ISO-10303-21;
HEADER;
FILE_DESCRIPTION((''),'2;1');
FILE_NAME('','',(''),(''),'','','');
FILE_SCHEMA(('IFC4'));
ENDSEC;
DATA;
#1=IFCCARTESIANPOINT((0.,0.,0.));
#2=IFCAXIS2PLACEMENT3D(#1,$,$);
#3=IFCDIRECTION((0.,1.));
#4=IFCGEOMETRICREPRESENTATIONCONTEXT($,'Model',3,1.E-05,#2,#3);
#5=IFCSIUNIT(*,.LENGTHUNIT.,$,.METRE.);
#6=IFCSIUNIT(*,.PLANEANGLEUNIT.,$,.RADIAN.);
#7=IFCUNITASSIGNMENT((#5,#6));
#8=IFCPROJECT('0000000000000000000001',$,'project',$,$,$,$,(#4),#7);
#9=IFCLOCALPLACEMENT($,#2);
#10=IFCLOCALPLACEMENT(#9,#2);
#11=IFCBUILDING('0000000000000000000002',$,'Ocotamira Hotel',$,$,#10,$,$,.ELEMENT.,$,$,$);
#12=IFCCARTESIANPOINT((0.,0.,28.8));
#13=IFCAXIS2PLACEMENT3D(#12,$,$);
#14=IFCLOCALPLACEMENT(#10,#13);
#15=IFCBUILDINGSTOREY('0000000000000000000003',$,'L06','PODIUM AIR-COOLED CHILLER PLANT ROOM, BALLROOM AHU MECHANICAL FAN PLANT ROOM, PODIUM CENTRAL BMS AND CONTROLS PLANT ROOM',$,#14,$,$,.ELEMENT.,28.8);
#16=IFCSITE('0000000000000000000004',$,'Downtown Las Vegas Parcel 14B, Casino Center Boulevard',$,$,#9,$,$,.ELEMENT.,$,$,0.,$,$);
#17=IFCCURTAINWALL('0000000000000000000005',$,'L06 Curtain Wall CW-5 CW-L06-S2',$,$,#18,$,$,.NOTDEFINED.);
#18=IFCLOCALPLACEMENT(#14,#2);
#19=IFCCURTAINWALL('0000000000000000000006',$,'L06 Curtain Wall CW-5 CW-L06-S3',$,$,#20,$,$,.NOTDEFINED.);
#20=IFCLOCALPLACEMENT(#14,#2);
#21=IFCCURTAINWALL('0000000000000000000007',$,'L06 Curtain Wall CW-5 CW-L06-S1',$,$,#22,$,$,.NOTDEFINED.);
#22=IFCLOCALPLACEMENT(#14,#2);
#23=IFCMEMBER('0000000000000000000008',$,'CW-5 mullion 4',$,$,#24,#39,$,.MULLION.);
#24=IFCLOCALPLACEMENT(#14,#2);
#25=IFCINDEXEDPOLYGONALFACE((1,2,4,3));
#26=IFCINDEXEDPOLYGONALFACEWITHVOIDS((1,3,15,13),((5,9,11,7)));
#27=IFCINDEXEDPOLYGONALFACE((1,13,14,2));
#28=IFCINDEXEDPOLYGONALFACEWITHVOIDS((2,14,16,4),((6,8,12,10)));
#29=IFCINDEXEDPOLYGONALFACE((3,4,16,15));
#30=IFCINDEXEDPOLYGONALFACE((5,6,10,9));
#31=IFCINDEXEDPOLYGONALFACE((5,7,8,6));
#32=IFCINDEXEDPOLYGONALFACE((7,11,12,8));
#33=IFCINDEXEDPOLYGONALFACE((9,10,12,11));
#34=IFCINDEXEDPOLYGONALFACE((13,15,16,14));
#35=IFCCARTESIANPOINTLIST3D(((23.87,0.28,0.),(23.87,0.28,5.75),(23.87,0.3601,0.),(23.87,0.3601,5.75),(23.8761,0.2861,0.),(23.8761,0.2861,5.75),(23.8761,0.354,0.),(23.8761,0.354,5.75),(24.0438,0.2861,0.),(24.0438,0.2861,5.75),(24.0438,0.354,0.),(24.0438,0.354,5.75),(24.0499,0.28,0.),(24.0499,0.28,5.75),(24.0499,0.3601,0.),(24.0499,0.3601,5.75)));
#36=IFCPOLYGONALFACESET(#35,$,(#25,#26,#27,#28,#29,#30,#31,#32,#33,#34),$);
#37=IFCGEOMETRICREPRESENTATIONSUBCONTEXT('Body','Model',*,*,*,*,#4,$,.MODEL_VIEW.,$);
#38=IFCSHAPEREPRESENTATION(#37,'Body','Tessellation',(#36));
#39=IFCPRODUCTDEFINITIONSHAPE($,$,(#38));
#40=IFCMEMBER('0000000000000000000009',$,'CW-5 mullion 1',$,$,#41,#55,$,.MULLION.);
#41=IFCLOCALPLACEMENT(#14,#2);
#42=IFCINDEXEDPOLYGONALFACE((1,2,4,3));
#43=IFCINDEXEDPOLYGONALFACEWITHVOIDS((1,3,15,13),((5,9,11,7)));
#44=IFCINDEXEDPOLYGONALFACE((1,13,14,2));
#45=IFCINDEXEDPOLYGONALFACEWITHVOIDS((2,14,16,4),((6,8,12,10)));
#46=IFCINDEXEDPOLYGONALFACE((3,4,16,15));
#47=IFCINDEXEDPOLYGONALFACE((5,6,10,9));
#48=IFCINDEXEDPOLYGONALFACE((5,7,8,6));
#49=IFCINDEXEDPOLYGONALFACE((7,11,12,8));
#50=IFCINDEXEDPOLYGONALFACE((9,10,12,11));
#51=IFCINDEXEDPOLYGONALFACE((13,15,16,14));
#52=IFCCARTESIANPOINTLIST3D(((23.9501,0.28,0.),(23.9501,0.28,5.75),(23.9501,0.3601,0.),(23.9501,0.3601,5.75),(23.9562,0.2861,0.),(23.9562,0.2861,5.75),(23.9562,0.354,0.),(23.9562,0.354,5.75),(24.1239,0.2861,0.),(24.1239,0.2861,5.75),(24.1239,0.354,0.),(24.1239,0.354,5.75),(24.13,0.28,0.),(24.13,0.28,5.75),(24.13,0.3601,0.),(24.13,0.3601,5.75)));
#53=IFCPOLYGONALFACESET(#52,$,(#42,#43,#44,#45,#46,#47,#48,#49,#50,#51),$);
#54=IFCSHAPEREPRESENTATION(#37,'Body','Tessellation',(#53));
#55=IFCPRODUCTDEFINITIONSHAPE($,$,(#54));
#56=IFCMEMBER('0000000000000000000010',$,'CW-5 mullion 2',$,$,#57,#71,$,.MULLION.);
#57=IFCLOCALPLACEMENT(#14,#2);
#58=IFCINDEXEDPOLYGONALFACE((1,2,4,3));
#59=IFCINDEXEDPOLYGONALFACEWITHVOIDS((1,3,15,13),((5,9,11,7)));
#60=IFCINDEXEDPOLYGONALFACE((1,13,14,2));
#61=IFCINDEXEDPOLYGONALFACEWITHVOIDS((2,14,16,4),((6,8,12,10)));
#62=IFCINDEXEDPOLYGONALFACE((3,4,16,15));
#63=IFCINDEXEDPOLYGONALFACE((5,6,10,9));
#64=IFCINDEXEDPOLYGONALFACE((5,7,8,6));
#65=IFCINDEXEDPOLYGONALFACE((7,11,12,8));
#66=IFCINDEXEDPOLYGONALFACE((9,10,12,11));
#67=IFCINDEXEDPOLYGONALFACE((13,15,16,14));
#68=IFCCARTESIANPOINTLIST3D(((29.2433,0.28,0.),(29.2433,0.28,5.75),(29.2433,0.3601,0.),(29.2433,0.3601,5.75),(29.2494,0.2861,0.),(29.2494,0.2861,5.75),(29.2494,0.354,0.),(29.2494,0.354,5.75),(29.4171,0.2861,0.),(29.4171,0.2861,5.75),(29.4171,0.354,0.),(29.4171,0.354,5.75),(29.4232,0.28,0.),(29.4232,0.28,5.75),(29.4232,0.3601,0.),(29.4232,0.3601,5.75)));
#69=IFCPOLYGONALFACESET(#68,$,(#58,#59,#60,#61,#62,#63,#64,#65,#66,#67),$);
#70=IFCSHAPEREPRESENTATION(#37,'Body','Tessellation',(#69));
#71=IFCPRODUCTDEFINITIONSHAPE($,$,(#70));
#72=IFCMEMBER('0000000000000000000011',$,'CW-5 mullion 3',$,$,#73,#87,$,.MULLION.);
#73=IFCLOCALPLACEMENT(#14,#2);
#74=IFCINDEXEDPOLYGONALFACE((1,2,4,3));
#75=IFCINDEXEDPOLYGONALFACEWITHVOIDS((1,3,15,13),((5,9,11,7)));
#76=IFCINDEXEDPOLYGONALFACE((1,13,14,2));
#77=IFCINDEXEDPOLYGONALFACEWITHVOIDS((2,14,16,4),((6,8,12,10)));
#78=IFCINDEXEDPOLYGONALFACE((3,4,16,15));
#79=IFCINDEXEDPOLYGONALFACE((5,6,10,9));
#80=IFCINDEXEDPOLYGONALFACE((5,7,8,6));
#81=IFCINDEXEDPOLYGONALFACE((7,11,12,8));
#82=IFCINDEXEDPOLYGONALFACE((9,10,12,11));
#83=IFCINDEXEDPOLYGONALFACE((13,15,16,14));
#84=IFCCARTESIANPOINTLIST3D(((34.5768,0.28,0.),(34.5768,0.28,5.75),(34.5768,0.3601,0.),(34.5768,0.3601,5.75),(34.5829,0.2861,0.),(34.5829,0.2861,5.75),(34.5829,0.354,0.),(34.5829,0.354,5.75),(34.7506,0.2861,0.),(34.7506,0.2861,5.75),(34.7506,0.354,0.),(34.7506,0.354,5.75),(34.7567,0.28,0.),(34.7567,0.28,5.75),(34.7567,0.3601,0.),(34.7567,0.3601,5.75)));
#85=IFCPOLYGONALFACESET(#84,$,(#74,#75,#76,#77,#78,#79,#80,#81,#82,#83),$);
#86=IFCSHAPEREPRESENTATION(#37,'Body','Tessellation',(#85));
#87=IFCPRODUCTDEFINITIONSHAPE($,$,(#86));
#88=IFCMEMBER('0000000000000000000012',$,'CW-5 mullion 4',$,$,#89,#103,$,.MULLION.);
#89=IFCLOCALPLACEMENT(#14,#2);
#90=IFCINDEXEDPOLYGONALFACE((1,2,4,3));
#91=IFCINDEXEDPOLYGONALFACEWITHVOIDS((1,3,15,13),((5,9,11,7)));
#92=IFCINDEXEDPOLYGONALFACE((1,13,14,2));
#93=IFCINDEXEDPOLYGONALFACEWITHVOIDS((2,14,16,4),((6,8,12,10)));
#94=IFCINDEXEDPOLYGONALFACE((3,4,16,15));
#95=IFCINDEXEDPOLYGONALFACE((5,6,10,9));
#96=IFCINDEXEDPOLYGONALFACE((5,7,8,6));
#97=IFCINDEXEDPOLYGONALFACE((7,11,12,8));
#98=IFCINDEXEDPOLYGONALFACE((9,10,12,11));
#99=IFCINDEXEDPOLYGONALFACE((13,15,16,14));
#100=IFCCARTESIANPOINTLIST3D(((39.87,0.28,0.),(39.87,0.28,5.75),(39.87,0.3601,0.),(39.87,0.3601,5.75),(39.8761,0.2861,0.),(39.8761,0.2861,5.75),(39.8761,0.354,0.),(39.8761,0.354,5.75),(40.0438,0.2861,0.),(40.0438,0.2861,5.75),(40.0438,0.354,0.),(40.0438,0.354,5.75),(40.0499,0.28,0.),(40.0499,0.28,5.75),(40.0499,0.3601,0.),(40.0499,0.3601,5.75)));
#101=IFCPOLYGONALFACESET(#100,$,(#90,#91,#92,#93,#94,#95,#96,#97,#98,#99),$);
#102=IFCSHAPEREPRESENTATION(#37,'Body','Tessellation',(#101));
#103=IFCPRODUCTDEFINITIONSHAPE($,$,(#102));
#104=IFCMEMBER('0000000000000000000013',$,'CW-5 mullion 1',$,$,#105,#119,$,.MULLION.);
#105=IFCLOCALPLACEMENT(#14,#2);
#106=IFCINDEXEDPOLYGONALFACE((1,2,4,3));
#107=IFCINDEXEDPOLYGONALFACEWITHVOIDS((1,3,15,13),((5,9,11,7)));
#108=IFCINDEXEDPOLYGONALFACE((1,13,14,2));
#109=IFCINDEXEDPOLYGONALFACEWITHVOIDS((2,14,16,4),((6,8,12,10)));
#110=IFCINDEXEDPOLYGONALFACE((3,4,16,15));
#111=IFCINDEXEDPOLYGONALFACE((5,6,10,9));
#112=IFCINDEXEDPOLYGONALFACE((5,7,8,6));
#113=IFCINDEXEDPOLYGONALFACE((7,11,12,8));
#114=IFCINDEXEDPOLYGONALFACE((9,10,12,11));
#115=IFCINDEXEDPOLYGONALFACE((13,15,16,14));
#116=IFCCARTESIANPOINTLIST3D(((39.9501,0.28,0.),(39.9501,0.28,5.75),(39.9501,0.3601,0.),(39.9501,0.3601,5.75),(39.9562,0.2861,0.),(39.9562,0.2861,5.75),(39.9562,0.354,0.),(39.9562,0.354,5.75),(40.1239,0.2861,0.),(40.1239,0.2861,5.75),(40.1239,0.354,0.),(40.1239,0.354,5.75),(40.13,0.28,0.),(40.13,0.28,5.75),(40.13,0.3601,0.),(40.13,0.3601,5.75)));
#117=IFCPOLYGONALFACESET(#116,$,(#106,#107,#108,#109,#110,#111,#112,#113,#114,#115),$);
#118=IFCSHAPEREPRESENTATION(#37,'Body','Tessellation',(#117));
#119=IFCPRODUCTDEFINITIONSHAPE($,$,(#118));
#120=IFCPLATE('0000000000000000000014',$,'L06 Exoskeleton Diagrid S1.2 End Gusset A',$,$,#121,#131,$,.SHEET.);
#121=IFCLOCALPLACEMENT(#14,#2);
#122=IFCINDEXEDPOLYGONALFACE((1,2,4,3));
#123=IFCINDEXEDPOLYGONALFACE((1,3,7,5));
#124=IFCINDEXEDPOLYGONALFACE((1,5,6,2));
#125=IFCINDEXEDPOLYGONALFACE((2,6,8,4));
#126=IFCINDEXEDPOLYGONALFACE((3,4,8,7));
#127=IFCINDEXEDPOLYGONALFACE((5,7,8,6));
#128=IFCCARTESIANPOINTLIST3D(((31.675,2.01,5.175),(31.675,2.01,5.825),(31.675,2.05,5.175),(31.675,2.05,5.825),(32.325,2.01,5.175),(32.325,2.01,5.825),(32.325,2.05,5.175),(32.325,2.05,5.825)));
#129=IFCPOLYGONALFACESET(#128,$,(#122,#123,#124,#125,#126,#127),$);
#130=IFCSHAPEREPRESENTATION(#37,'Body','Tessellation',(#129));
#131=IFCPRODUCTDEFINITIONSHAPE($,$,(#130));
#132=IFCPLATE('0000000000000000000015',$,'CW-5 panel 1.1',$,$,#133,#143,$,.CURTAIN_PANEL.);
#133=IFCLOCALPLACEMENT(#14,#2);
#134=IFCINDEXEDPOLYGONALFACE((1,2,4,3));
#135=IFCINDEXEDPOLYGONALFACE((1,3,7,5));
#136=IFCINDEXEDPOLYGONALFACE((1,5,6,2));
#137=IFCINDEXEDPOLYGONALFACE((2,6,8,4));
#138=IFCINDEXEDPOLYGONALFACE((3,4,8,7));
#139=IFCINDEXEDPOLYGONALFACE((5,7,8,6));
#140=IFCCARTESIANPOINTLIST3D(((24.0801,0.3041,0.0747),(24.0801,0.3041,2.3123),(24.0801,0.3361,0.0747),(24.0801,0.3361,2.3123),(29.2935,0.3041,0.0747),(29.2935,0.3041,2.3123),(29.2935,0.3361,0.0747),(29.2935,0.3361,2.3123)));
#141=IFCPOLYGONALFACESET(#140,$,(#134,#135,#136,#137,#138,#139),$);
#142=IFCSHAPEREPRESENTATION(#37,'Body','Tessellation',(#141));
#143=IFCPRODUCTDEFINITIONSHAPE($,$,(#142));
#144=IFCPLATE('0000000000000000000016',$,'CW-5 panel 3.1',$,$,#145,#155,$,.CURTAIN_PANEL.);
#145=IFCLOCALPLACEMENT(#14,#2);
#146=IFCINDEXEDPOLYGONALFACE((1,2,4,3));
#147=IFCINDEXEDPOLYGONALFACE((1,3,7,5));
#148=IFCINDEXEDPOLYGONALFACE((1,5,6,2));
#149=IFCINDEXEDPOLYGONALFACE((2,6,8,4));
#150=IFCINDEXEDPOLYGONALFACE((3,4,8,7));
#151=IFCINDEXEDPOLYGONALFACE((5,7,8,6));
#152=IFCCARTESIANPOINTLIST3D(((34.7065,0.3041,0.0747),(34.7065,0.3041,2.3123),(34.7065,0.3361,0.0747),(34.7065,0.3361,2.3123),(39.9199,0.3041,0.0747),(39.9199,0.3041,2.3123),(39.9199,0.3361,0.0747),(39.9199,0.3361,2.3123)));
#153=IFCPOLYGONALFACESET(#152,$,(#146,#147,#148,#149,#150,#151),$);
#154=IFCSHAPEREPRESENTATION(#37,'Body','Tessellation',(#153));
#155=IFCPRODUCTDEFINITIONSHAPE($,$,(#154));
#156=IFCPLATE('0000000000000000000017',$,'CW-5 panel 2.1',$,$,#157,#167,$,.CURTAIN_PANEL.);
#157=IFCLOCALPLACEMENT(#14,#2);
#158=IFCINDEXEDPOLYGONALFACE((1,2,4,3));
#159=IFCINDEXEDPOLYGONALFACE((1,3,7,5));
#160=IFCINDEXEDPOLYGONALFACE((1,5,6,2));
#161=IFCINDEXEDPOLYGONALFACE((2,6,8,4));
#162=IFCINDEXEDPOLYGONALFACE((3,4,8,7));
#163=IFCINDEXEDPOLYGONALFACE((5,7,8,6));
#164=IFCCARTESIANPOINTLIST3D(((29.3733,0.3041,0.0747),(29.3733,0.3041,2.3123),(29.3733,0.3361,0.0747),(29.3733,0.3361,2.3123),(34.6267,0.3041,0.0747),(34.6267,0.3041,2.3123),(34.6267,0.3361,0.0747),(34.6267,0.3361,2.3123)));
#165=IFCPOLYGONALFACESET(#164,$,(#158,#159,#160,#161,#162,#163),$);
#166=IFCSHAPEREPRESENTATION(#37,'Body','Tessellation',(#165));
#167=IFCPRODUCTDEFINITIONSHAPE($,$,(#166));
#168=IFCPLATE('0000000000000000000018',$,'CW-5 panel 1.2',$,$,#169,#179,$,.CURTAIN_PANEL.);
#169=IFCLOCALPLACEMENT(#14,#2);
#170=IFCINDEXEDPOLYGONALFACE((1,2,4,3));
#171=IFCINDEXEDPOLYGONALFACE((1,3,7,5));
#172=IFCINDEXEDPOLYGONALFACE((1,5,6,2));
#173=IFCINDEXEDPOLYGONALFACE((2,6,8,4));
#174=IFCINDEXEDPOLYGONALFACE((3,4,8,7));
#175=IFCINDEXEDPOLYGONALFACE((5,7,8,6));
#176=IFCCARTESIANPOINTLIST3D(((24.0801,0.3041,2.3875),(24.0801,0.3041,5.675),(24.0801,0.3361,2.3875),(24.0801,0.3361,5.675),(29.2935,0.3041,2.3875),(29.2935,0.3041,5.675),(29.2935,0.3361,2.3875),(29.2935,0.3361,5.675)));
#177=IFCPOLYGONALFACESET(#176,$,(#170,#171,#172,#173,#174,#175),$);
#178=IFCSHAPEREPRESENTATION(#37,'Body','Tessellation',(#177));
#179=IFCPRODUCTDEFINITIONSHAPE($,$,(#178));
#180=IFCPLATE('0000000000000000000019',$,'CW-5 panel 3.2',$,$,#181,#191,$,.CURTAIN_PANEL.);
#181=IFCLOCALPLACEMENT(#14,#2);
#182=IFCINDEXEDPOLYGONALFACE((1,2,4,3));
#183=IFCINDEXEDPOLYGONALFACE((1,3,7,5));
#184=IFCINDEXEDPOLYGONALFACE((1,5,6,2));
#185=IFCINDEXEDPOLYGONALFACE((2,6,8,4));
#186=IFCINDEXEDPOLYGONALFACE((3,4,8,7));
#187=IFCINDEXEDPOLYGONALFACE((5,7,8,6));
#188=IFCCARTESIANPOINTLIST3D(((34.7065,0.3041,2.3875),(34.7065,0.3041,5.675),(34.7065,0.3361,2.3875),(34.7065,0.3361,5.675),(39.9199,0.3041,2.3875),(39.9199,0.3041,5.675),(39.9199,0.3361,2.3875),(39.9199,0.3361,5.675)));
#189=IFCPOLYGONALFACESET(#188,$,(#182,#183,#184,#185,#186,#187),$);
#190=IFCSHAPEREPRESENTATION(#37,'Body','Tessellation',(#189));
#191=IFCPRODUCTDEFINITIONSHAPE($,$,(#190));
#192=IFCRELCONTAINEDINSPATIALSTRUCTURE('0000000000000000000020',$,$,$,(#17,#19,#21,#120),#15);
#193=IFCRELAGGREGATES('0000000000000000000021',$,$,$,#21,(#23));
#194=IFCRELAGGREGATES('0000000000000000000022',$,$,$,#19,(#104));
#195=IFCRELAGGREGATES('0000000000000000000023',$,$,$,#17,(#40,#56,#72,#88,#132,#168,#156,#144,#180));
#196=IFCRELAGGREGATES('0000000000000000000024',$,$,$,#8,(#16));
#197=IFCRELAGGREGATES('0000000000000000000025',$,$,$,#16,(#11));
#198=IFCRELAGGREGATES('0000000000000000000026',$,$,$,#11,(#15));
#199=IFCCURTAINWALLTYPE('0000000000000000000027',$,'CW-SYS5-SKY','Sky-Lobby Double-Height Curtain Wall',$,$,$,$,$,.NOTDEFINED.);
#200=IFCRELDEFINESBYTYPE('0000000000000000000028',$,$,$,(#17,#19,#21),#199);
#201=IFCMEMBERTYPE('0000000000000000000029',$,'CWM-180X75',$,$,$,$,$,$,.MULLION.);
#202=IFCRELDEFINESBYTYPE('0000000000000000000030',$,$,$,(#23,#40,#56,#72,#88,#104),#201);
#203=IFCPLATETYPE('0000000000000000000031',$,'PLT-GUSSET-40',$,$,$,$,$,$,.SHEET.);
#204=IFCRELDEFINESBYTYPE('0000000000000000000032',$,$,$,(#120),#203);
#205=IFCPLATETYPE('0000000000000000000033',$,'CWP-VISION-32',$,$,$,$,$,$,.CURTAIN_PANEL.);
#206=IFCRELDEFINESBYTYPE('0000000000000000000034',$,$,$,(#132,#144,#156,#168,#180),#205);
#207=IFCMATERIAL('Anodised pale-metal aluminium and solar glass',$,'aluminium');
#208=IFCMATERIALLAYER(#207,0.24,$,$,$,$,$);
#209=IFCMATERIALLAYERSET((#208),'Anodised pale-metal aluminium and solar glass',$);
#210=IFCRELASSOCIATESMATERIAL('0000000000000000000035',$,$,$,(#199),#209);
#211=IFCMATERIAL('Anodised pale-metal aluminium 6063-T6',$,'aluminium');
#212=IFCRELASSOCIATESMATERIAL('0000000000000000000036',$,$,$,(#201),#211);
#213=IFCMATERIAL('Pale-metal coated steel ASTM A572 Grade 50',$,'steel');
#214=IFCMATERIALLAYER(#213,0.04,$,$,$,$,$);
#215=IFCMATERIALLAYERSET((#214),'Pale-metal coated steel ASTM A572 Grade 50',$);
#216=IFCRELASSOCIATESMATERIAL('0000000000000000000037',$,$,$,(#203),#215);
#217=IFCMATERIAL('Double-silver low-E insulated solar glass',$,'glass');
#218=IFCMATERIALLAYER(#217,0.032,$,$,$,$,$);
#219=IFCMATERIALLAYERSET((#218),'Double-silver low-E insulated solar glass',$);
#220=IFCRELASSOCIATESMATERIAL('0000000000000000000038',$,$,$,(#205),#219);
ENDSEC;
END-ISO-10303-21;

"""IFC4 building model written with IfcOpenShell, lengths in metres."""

from ifc_helpers import new_model, si_unit, direction, frame, origin, origin_2d, place, context, subcontext, project, spatial, rectangle, hollow_rectangle, extrude, source, transform, mapped, material, layer, layer_set, material_profile, profile_set, type_object, element, aggregate, save


model = new_model("IFC4")

# Units and contexts
model_context = context("Model", 3, precision=1e-05, world=origin(), true_north=direction((0.0, 1.0)))
body_context = subcontext(model_context, "Body", "Model", "MODEL_VIEW")
ifc_project = project(units=[si_unit("LENGTHUNIT", "METRE"), si_unit("PLANEANGLEUNIT", "RADIAN")], contexts=[model_context])

# Site, building, storey
site_placement = place(None, origin())
site = spatial("IfcSite", under=ifc_project, at=site_placement, Name="Downtown Las Vegas Parcel 14B, Casino Center Boulevard", CompositionType="ELEMENT", RefElevation=0.0)
building_placement = place(site_placement, origin())
building = spatial("IfcBuilding", under=site, at=building_placement, Name="Ocotamira Hotel", CompositionType="ELEMENT")
storey_placement = place(building_placement, frame((0.0, 0.0, 28.8)))
storey = spatial("IfcBuildingStorey", under=building, at=storey_placement, Name="L06", Description="PODIUM AIR-COOLED CHILLER PLANT ROOM, BALLROOM AHU MECHANICAL FAN PLANT ROOM, PODIUM CENTRAL BMS AND CONTROLS PLANT ROOM", CompositionType="ELEMENT", Elevation=28.8)

# Curtain walls
ifc_material_1 = material(Name="Anodised pale-metal aluminium and solar glass", Category="aluminium")
ifc_layer_1 = layer(ifc_material_1, 0.24)
ifc_layer_set_1 = layer_set([ifc_layer_1], Name="Anodised pale-metal aluminium and solar glass")
curtain_wall_type = type_object("IfcCurtainWallType", Name="CW-SYS5-SKY", Description="Sky-Lobby Double-Height Curtain Wall", PredefinedType="NOTDEFINED", material=ifc_layer_set_1)
curtain_wall_1_placement = place(storey_placement, origin())
curtain_wall_1 = element("IfcCurtainWall", 1, at=curtain_wall_1_placement, inside=storey, type_object=curtain_wall_type, Name="L06 Curtain Wall CW-5 CW-L06-S2", PredefinedType="NOTDEFINED")
ifc_material_2 = material(Name="Anodised pale-metal aluminium 6063-T6", Category="aluminium")
curtain_wall_2_placement = place(storey_placement, origin())
curtain_wall_2 = element("IfcCurtainWall", 2, at=curtain_wall_2_placement, inside=storey, type_object=curtain_wall_type, Name="L06 Curtain Wall CW-5 CW-L06-S3", PredefinedType="NOTDEFINED")

# Curtain wall, member
curtain_wall_3_placement = place(storey_placement, origin())
curtain_wall_3 = element("IfcCurtainWall", 3, at=curtain_wall_3_placement, inside=storey, type_object=curtain_wall_type, Name="L06 Curtain Wall CW-5 CW-L06-S1", PredefinedType="NOTDEFINED")
ifc_material_profile_1 = material_profile(ifc_material_2, hollow_rectangle(XDim=0.0801, YDim=0.1799, WallThickness=0.0061, at=origin_2d()), Name="HSS180X80X6")
ifc_profile_set_1 = profile_set([ifc_material_profile_1], Name="Anodised pale-metal aluminium 6063-T6")
member_type_1 = type_object("IfcMemberType", Name="CWM-180X75", PredefinedType="MULLION", material=ifc_profile_set_1)
shared_shape_1 = source(origin(), body_context, "Body", "SweptSolid", [
    extrude(hollow_rectangle(XDim=0.0801, YDim=0.1799, WallThickness=0.0061, at=origin_2d()), origin(), (0.0, 0.0, 1.0), 5.75),
])
member_1_placement = place(storey_placement, frame((23.96, 0.3201, 0.0), z_axis=(0.0, 0.0, 1.0), x_axis=(0.0, 1.0, 0.0)))
member_1 = element("IfcMember", 4, at=member_1_placement, type_object=member_type_1, Name="CW-5 mullion 4", PredefinedType="MULLION", context=body_context, shape_type="MappedRepresentation", body=[
    mapped(shared_shape_1, transform((0.0, 0.0, 0.0), scale=1.0)),
])
aggregate(curtain_wall_3, [member_1])

# Members
member_2_placement = place(storey_placement, frame((24.04, 0.3201, 0.0), z_axis=(0.0, 0.0, 1.0), x_axis=(0.0, 1.0, 0.0)))
member_2 = element("IfcMember", 5, at=member_2_placement, type_object=member_type_1, Name="CW-5 mullion 1", PredefinedType="MULLION", context=body_context, shape_type="MappedRepresentation", body=[
    mapped(shared_shape_1, transform((0.0, 0.0, 0.0), scale=1.0)),
])
member_3_placement = place(storey_placement, frame((29.3333, 0.3201, 0.0), z_axis=(0.0, 0.0, 1.0), x_axis=(0.0, 1.0, 0.0)))
member_3 = element("IfcMember", 6, at=member_3_placement, type_object=member_type_1, Name="CW-5 mullion 2", PredefinedType="MULLION", context=body_context, shape_type="MappedRepresentation", body=[
    mapped(shared_shape_1, transform((0.0, 0.0, 0.0), scale=1.0)),
])
member_4_placement = place(storey_placement, frame((34.6667, 0.3201, 0.0), z_axis=(0.0, 0.0, 1.0), x_axis=(0.0, 1.0, 0.0)))
member_4 = element("IfcMember", 7, at=member_4_placement, type_object=member_type_1, Name="CW-5 mullion 3", PredefinedType="MULLION", context=body_context, shape_type="MappedRepresentation", body=[
    mapped(shared_shape_1, transform((0.0, 0.0, 0.0), scale=1.0)),
])
member_5_placement = place(storey_placement, frame((39.96, 0.3201, 0.0), z_axis=(0.0, 0.0, 1.0), x_axis=(0.0, 1.0, 0.0)))
member_5 = element("IfcMember", 8, at=member_5_placement, type_object=member_type_1, Name="CW-5 mullion 4", PredefinedType="MULLION", context=body_context, shape_type="MappedRepresentation", body=[
    mapped(shared_shape_1, transform((0.0, 0.0, 0.0), scale=1.0)),
])
member_6_placement = place(storey_placement, frame((40.04, 0.3201, 0.0), z_axis=(0.0, 0.0, 1.0), x_axis=(0.0, 1.0, 0.0)))
member_6 = element("IfcMember", 9, at=member_6_placement, type_object=member_type_1, Name="CW-5 mullion 1", PredefinedType="MULLION", context=body_context, shape_type="MappedRepresentation", body=[
    mapped(shared_shape_1, transform((0.0, 0.0, 0.0), scale=1.0)),
])
aggregate(curtain_wall_2, [member_6])

# Plates
ifc_material_3 = material(Name="Pale-metal coated steel ASTM A572 Grade 50", Category="steel")
ifc_layer_2 = layer(ifc_material_3, 0.04)
ifc_layer_set_2 = layer_set([ifc_layer_2], Name="Pale-metal coated steel ASTM A572 Grade 50")
plate_type_1 = type_object("IfcPlateType", Name="PLT-GUSSET-40", PredefinedType="SHEET", material=ifc_layer_set_2)
shared_shape_2 = source(origin(), body_context, "Body", "SweptSolid", [
    extrude(rectangle(XDim=0.6499, YDim=0.04, at=origin_2d()), origin(), (0.0, 0.0, 1.0), 0.6499),
])
plate_1_placement = place(storey_placement, frame((32.0, 2.03, 5.175), z_axis=(0.0, 0.0, 1.0), x_axis=(-1.0, 0.0, 0.0)))
element("IfcPlate", 10, at=plate_1_placement, inside=storey, type_object=plate_type_1, Name="L06 Exoskeleton Diagrid S1.2 End Gusset A", PredefinedType="SHEET", context=body_context, shape_type="MappedRepresentation", body=[
    mapped(shared_shape_2, transform((0.0, 0.0, 0.0), scale=1.0)),
])
ifc_material_4 = material(Name="Double-silver low-E insulated solar glass", Category="glass")
ifc_layer_3 = layer(ifc_material_4, 0.032)
ifc_layer_set_3 = layer_set([ifc_layer_3], Name="Double-silver low-E insulated solar glass")
plate_type_2 = type_object("IfcPlateType", Name="CWP-VISION-32", PredefinedType="CURTAIN_PANEL", material=ifc_layer_set_3)
shared_shape_3 = source(origin(), body_context, "Body", "SweptSolid", [
    extrude(rectangle(XDim=5.2134, YDim=0.032, at=origin_2d()), origin(), (0.0, 0.0, 1.0), 2.2375),
])
plate_2_placement = place(storey_placement, frame((26.6868, 0.3201, 0.0747), z_axis=(0.0, 0.0, 1.0), x_axis=(1.0, 0.0, 0.0)))
plate_2 = element("IfcPlate", 11, at=plate_2_placement, type_object=plate_type_2, Name="CW-5 panel 1.1", PredefinedType="CURTAIN_PANEL", context=body_context, shape_type="MappedRepresentation", body=[
    mapped(shared_shape_3, transform((0.0, 0.0, 0.0), scale=1.0)),
])
plate_3_placement = place(storey_placement, frame((37.3132, 0.3201, 0.0747), z_axis=(0.0, 0.0, 1.0), x_axis=(1.0, 0.0, 0.0)))
plate_3 = element("IfcPlate", 12, at=plate_3_placement, type_object=plate_type_2, Name="CW-5 panel 3.1", PredefinedType="CURTAIN_PANEL", context=body_context, shape_type="MappedRepresentation", body=[
    mapped(shared_shape_3, transform((0.0, 0.0, 0.0), scale=1.0)),
])
shared_shape_4 = source(origin(), body_context, "Body", "SweptSolid", [
    extrude(rectangle(XDim=5.2534, YDim=0.032, at=origin_2d()), origin(), (0.0, 0.0, 1.0), 2.2375),
])
plate_4_placement = place(storey_placement, frame((32.0, 0.3201, 0.0747), z_axis=(0.0, 0.0, 1.0), x_axis=(1.0, 0.0, 0.0)))
plate_4 = element("IfcPlate", 13, at=plate_4_placement, type_object=plate_type_2, Name="CW-5 panel 2.1", PredefinedType="CURTAIN_PANEL", context=body_context, shape_type="MappedRepresentation", body=[
    mapped(shared_shape_4, transform((0.0, 0.0, 0.0), scale=1.0)),
])
shared_shape_5 = source(origin(), body_context, "Body", "SweptSolid", [
    extrude(rectangle(XDim=5.2134, YDim=0.032, at=origin_2d()), origin(), (0.0, 0.0, 1.0), 3.2876),
])
plate_5_placement = place(storey_placement, frame((26.6868, 0.3201, 2.3875), z_axis=(0.0, 0.0, 1.0), x_axis=(1.0, 0.0, 0.0)))
plate_5 = element("IfcPlate", 14, at=plate_5_placement, type_object=plate_type_2, Name="CW-5 panel 1.2", PredefinedType="CURTAIN_PANEL", context=body_context, shape_type="MappedRepresentation", body=[
    mapped(shared_shape_5, transform((0.0, 0.0, 0.0), scale=1.0)),
])
plate_6_placement = place(storey_placement, frame((37.3132, 0.3201, 2.3875), z_axis=(0.0, 0.0, 1.0), x_axis=(1.0, 0.0, 0.0)))
plate_6 = element("IfcPlate", 15, at=plate_6_placement, type_object=plate_type_2, Name="CW-5 panel 3.2", PredefinedType="CURTAIN_PANEL", context=body_context, shape_type="MappedRepresentation", body=[
    mapped(shared_shape_5, transform((0.0, 0.0, 0.0), scale=1.0)),
])
aggregate(curtain_wall_1, [member_2, member_3, member_4, member_5, plate_2, plate_5, plate_4, plate_3, plate_6])

save(model, "model.ifc")
